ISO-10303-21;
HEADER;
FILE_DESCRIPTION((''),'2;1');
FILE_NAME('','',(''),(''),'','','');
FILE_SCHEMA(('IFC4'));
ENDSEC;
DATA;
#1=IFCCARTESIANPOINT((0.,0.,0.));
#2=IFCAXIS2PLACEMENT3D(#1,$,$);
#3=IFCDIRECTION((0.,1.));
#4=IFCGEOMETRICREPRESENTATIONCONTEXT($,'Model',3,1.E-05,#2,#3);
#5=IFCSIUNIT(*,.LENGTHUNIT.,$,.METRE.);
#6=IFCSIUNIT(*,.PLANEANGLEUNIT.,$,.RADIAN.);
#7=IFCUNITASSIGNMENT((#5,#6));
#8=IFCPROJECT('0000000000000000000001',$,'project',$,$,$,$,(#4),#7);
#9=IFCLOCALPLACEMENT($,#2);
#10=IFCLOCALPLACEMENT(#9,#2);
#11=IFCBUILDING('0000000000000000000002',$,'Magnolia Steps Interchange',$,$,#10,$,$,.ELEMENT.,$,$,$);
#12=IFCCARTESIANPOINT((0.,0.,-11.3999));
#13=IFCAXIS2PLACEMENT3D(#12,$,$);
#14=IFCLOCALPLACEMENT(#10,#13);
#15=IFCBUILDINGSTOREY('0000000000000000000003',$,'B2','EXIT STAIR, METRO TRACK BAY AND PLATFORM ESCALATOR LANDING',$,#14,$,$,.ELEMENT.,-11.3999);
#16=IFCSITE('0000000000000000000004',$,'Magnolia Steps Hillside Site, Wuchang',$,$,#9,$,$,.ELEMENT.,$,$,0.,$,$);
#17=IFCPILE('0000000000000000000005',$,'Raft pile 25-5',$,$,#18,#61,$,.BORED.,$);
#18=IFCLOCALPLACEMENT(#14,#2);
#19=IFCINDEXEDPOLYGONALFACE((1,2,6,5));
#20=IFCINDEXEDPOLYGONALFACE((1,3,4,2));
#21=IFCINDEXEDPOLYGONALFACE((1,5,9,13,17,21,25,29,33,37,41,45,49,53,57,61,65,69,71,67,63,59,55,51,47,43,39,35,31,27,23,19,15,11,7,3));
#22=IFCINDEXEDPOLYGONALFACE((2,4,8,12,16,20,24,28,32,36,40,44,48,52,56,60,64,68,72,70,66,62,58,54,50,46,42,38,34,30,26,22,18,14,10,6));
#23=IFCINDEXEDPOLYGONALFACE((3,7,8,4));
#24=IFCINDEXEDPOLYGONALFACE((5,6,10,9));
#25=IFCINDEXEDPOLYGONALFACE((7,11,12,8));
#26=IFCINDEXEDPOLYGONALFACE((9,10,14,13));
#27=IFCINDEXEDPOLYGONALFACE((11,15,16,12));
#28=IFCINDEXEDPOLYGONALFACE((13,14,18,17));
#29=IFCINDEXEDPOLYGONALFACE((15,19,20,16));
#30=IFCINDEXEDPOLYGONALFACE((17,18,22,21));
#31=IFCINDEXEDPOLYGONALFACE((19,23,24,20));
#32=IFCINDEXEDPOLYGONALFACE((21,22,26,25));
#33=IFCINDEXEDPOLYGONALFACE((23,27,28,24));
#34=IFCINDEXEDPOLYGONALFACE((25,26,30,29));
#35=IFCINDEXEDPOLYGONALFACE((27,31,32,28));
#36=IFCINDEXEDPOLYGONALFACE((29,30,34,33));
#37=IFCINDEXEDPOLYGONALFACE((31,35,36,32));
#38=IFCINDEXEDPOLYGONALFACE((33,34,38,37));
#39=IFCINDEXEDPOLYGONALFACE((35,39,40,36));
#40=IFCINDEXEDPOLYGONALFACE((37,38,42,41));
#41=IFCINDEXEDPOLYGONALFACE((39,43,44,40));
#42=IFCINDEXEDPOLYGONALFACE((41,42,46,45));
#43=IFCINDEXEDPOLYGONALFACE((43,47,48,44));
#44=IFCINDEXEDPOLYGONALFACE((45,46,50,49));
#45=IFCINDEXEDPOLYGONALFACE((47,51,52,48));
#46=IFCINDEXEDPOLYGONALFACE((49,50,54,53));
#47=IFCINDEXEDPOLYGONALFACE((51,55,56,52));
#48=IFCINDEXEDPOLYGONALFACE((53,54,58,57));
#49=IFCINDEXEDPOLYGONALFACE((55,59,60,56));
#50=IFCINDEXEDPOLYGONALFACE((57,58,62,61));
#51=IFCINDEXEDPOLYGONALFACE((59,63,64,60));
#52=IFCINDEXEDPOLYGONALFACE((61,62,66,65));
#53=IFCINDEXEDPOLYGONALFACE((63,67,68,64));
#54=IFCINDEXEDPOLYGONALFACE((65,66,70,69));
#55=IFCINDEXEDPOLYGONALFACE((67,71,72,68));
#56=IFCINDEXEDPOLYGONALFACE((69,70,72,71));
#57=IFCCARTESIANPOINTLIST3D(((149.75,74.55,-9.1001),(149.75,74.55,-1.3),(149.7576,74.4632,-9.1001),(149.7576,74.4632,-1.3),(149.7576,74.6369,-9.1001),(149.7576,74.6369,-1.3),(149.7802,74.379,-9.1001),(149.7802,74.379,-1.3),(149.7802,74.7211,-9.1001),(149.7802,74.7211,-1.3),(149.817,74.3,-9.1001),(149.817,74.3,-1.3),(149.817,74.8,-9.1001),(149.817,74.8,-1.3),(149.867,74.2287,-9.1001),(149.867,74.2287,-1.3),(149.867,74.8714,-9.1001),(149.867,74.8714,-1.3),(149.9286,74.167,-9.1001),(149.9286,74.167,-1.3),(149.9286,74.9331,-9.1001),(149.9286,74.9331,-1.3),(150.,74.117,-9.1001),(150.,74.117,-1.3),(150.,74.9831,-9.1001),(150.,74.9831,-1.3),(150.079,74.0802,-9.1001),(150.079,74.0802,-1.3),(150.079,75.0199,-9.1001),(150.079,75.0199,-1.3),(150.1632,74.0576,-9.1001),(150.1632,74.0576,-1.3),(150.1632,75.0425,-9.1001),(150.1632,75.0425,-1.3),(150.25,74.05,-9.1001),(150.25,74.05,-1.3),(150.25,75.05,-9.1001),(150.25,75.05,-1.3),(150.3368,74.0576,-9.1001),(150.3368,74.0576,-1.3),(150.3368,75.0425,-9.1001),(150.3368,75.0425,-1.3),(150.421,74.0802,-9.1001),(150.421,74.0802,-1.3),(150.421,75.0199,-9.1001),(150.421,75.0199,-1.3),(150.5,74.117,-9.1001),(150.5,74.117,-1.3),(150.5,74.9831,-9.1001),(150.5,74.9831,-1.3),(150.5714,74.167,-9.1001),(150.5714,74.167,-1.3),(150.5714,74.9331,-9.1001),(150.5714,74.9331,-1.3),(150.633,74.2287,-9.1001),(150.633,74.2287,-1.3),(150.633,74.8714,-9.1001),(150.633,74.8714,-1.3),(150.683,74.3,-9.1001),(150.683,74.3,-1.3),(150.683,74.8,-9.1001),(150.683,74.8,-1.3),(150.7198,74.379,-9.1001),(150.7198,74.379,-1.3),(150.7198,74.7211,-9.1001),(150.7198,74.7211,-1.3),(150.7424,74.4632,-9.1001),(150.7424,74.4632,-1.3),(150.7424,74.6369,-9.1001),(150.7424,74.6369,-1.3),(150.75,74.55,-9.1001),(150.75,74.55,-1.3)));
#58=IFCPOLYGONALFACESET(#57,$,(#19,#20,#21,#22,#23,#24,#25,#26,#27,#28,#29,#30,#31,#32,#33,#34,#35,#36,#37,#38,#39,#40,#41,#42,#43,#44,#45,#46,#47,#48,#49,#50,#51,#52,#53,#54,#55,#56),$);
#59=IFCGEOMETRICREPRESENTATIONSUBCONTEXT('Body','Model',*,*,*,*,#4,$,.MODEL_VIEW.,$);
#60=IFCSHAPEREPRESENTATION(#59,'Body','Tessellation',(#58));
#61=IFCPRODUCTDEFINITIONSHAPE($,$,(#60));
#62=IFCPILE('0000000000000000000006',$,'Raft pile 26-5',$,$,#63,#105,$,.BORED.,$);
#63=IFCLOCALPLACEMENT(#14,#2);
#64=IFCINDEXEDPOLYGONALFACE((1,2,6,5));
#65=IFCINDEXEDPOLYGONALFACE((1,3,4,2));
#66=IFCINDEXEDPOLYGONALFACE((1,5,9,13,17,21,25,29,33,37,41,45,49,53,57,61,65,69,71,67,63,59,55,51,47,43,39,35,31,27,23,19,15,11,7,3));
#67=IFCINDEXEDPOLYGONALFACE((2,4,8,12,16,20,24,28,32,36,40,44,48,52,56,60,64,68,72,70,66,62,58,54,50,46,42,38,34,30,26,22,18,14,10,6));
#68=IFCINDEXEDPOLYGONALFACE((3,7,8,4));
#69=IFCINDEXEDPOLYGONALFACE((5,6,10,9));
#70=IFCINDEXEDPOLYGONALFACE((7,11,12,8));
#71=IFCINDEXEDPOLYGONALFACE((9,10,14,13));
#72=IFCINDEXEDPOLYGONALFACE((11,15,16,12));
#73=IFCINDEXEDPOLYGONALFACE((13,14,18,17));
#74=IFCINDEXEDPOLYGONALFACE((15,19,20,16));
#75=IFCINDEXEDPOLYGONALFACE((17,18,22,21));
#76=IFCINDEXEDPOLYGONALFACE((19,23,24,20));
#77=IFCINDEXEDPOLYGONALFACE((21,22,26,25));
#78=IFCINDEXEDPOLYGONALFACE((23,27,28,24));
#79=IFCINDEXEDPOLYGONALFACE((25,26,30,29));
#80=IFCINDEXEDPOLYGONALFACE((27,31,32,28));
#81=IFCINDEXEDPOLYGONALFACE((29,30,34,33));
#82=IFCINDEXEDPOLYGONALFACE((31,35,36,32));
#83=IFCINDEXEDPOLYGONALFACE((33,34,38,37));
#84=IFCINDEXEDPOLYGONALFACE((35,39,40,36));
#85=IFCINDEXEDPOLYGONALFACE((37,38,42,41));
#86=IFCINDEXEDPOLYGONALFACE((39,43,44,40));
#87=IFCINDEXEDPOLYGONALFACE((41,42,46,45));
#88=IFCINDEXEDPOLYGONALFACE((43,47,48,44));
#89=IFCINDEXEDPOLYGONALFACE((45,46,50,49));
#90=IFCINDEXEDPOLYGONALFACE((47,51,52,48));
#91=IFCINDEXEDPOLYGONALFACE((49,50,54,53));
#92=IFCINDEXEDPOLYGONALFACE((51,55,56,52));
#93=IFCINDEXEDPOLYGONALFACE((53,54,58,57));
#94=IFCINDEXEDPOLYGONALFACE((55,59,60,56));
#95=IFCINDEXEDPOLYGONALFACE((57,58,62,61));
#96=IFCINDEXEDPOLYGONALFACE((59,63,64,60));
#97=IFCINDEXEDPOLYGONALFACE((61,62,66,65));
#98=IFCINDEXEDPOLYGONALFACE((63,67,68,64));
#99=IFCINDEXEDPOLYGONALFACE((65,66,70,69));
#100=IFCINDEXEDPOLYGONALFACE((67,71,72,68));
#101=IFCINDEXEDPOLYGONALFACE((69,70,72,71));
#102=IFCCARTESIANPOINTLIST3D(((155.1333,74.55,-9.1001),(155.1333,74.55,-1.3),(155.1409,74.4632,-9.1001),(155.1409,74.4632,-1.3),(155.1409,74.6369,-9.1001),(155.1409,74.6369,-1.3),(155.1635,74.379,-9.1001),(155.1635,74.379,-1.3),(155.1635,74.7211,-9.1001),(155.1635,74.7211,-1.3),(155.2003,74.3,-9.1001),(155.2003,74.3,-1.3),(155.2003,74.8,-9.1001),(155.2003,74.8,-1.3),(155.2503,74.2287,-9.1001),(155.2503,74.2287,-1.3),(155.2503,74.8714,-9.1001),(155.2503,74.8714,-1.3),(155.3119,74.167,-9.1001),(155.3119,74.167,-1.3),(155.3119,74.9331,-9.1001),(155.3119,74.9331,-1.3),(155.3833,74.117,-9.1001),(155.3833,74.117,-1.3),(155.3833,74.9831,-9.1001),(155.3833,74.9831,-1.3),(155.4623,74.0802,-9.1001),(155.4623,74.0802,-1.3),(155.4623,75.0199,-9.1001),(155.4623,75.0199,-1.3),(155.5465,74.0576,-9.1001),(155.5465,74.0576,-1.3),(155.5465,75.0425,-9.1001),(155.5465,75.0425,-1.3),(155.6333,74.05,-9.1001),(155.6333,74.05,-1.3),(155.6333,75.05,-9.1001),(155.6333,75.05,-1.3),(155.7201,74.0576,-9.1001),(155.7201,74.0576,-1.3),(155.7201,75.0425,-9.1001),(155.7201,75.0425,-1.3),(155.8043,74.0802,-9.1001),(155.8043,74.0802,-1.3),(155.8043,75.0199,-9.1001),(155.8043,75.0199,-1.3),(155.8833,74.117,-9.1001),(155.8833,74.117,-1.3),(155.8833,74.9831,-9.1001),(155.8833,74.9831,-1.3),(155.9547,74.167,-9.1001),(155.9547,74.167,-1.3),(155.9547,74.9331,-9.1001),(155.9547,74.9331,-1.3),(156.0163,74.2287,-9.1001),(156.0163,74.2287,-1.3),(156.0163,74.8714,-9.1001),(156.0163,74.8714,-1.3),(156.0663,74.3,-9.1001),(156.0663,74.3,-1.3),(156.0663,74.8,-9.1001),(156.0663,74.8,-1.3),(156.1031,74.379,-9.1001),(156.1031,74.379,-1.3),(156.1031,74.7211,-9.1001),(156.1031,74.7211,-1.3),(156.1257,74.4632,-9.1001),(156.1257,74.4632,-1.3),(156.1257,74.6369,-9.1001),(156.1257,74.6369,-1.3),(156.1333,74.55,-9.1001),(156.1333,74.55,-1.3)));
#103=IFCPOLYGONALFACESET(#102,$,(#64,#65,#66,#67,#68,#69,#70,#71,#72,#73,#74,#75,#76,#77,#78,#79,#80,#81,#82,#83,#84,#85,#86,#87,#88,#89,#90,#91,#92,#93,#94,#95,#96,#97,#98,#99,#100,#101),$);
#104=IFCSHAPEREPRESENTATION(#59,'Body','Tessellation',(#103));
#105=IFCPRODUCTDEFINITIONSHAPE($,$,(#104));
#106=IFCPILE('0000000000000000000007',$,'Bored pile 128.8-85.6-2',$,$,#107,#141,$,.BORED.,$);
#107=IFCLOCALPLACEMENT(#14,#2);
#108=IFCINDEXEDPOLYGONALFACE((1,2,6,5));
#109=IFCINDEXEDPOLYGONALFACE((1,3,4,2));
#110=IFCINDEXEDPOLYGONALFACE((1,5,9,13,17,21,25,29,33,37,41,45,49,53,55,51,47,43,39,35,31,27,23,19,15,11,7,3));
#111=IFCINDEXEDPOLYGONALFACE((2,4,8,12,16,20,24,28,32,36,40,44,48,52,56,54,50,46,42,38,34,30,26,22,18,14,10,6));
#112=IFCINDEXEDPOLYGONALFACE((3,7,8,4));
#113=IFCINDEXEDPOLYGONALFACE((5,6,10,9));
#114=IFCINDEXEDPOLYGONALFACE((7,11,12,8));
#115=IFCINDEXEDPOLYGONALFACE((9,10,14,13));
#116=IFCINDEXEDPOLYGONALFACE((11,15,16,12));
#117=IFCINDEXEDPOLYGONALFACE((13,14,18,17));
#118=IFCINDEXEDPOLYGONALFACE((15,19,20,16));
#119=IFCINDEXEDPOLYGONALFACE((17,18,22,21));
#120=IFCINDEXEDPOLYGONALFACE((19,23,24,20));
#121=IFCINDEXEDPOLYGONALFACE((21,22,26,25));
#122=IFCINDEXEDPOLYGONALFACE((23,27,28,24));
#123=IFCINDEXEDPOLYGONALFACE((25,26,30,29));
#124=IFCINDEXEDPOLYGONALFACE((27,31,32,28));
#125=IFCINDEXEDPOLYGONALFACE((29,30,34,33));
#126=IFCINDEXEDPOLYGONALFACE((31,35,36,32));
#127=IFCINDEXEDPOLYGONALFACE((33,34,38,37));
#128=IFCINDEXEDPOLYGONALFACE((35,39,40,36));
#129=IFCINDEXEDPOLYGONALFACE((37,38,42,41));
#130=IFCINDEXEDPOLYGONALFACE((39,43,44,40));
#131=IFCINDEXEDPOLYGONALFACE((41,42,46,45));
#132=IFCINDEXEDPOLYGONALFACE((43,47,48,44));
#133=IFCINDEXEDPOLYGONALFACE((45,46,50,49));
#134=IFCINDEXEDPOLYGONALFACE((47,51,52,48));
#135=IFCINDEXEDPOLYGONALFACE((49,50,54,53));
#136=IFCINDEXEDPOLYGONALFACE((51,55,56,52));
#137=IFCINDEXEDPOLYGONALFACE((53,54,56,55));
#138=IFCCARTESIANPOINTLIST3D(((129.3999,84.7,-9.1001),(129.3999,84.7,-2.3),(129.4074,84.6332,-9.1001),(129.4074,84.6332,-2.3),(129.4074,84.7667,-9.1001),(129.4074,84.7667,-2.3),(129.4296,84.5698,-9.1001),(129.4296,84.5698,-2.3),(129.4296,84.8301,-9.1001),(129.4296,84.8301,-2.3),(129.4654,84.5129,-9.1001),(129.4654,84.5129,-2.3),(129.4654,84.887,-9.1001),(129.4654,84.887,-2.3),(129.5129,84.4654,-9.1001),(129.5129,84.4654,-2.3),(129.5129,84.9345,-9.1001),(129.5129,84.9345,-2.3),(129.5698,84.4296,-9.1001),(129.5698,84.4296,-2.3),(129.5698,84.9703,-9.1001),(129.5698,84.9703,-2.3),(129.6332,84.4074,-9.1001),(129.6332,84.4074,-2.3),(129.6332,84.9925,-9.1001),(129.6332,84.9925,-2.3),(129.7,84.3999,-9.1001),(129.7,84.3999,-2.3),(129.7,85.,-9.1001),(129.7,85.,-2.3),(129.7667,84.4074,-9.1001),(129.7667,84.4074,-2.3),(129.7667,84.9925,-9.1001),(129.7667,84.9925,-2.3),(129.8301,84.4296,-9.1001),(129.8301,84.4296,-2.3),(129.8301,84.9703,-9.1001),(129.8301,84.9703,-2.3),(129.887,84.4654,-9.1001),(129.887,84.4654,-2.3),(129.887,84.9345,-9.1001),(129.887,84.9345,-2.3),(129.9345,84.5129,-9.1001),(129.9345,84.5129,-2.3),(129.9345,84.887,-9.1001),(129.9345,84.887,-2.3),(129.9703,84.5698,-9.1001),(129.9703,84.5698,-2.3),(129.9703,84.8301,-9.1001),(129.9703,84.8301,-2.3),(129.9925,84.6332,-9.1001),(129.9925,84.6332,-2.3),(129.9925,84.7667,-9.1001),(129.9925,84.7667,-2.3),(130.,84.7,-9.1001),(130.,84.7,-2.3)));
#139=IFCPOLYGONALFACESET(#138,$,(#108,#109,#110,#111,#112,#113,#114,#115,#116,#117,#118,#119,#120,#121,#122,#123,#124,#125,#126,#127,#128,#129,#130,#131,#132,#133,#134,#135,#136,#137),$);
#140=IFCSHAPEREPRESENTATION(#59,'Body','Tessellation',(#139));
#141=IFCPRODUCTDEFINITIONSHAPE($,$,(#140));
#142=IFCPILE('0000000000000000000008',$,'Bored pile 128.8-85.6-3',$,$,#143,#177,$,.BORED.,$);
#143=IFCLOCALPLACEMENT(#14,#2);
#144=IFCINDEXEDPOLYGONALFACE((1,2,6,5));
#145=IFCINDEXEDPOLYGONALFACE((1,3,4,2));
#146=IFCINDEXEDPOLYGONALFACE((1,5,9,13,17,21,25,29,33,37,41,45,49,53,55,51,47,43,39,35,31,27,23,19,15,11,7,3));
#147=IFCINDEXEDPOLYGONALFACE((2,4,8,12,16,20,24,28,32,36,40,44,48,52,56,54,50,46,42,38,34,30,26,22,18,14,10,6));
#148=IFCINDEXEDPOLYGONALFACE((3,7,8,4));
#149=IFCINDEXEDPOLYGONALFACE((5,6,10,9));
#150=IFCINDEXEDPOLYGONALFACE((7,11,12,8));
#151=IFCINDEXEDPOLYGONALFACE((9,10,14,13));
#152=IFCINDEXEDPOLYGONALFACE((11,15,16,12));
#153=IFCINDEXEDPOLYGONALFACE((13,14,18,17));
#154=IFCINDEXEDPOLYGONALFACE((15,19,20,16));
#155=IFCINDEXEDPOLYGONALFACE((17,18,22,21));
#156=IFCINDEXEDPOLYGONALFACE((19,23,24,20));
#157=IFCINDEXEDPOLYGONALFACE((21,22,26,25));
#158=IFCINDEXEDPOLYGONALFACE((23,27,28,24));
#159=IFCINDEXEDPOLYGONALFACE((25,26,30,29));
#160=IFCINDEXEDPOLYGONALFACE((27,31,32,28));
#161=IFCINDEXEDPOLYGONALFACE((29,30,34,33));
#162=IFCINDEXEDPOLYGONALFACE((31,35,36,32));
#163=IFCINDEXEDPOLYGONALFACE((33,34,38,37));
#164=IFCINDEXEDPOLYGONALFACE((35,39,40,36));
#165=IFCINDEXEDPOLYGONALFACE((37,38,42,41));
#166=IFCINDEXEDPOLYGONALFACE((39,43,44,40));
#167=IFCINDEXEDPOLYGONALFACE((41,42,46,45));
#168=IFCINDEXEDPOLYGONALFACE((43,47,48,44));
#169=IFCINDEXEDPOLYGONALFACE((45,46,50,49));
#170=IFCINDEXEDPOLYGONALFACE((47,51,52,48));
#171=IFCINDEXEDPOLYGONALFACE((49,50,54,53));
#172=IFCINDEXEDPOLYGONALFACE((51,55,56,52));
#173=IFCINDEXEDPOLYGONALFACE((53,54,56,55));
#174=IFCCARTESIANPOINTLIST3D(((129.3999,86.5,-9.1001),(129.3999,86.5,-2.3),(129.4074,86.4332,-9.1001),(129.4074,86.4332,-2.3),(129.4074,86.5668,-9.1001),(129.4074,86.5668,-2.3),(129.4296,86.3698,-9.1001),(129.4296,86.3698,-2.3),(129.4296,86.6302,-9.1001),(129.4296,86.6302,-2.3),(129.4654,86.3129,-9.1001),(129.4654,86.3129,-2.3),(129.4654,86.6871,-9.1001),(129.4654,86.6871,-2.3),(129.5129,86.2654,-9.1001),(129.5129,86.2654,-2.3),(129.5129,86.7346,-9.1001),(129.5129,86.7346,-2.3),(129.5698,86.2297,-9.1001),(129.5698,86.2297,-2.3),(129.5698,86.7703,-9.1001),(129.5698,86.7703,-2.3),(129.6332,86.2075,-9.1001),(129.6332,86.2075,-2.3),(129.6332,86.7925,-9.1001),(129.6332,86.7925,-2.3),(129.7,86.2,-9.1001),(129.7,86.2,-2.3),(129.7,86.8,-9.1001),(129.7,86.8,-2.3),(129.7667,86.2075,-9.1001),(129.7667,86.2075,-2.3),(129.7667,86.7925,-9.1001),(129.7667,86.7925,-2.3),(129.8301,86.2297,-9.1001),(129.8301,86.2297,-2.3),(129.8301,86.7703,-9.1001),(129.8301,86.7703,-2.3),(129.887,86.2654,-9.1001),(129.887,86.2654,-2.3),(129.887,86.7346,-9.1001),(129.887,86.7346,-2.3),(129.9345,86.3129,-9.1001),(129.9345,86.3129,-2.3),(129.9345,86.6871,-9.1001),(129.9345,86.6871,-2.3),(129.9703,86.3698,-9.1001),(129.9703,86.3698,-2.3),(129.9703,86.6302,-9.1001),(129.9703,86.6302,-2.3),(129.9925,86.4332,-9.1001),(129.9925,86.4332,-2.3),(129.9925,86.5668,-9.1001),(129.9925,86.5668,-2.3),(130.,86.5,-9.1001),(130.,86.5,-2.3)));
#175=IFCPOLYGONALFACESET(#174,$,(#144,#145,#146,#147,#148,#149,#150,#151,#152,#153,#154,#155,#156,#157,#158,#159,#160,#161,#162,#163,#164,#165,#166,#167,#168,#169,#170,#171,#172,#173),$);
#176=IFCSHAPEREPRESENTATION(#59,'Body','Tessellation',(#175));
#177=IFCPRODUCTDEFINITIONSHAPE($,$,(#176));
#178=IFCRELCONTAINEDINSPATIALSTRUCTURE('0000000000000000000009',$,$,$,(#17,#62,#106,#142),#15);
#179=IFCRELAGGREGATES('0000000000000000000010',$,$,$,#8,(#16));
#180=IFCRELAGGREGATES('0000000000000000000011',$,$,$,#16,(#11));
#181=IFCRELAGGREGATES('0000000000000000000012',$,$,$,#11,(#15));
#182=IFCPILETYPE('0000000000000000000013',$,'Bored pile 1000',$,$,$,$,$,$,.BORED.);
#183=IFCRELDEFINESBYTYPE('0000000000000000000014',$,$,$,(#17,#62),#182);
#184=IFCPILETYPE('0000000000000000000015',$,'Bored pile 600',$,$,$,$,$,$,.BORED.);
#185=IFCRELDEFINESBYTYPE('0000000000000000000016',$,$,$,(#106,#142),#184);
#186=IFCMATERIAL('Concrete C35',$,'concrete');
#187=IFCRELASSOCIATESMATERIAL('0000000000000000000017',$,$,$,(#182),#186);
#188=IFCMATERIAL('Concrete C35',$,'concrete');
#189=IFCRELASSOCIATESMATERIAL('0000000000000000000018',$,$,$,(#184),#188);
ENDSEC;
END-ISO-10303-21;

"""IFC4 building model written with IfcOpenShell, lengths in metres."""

from ifc_helpers import new_model, si_unit, direction, frame, origin, origin_2d, place, context, subcontext, project, spatial, circle, extrude, material, material_profile, profile_set, type_object, element, save


model = new_model("IFC4")

# Units and contexts
model_context = context("Model", 3, precision=1e-05, world=origin(), true_north=direction((0.0, 1.0)))
body_context = subcontext(model_context, "Body", "Model", "MODEL_VIEW")
ifc_project = project(units=[si_unit("LENGTHUNIT", "METRE"), si_unit("PLANEANGLEUNIT", "RADIAN")], contexts=[model_context])

# Site, building, storey
site_placement = place(None, origin())
site = spatial("IfcSite", under=ifc_project, at=site_placement, Name="Magnolia Steps Hillside Site, Wuchang", CompositionType="ELEMENT", RefElevation=0.0)
building_placement = place(site_placement, origin())
building = spatial("IfcBuilding", under=site, at=building_placement, Name="Magnolia Steps Interchange", CompositionType="ELEMENT")
storey_placement = place(building_placement, frame((0.0, 0.0, -11.3999)))
storey = spatial("IfcBuildingStorey", under=building, at=storey_placement, Name="B2", Description="EXIT STAIR, METRO TRACK BAY AND PLATFORM ESCALATOR LANDING", CompositionType="ELEMENT", Elevation=-11.3999)

# Piles
ifc_material_1 = material(Name="Concrete C35", Category="concrete")
ifc_material_profile_1 = material_profile(ifc_material_1, circle(Radius=0.5, at=origin_2d()), Name="Bored pile 1000")
ifc_profile_set_1 = profile_set([ifc_material_profile_1], Name="Concrete C35")
pile_type_1 = type_object("IfcPileType", Name="Bored pile 1000", PredefinedType="BORED", material=ifc_profile_set_1)
for number, where, z_axis, x_axis, name in (
    (1, (150.25, 74.55, -1.3), (0.0, 0.0, -1.0), (1.0, 0.0, 0.0), "Raft pile 25-5"),
    (2, (155.6333, 74.55, -1.3), (0.0, 0.0, -1.0), (1.0, 0.0, 0.0), "Raft pile 26-5"),
):
    element("IfcPile", number, at=place(storey_placement, frame(where, z_axis=z_axis, x_axis=x_axis)), inside=storey, type_object=pile_type_1, Name=name, PredefinedType="BORED", context=body_context, shape_type="SweptSolid", body=[
        extrude(circle(Radius=0.5, at=origin_2d()), origin(), (0.0, 0.0, 1.0), 7.8),
    ])
ifc_material_2 = material(Name="Concrete C35", Category="concrete")
ifc_material_profile_2 = material_profile(ifc_material_2, circle(Radius=0.3, at=origin_2d()), Name="Bored pile 600")
ifc_profile_set_2 = profile_set([ifc_material_profile_2], Name="Concrete C35")
pile_type_2 = type_object("IfcPileType", Name="Bored pile 600", PredefinedType="BORED", material=ifc_profile_set_2)
for number, where, z_axis, x_axis, name in (
    (3, (129.7, 84.7, -2.3), (0.0, 0.0, -1.0), (1.0, 0.0, 0.0), "Bored pile 128.8-85.6-2"),
    (4, (129.7, 86.5, -2.3), (0.0, 0.0, -1.0), (1.0, 0.0, 0.0), "Bored pile 128.8-85.6-3"),
):
    element("IfcPile", number, at=place(storey_placement, frame(where, z_axis=z_axis, x_axis=x_axis)), inside=storey, type_object=pile_type_2, Name=name, PredefinedType="BORED", context=body_context, shape_type="SweptSolid", body=[
        extrude(circle(Radius=0.3, at=origin_2d()), origin(), (0.0, 0.0, 1.0), 6.8),
    ])

save(model, "model.ifc")
